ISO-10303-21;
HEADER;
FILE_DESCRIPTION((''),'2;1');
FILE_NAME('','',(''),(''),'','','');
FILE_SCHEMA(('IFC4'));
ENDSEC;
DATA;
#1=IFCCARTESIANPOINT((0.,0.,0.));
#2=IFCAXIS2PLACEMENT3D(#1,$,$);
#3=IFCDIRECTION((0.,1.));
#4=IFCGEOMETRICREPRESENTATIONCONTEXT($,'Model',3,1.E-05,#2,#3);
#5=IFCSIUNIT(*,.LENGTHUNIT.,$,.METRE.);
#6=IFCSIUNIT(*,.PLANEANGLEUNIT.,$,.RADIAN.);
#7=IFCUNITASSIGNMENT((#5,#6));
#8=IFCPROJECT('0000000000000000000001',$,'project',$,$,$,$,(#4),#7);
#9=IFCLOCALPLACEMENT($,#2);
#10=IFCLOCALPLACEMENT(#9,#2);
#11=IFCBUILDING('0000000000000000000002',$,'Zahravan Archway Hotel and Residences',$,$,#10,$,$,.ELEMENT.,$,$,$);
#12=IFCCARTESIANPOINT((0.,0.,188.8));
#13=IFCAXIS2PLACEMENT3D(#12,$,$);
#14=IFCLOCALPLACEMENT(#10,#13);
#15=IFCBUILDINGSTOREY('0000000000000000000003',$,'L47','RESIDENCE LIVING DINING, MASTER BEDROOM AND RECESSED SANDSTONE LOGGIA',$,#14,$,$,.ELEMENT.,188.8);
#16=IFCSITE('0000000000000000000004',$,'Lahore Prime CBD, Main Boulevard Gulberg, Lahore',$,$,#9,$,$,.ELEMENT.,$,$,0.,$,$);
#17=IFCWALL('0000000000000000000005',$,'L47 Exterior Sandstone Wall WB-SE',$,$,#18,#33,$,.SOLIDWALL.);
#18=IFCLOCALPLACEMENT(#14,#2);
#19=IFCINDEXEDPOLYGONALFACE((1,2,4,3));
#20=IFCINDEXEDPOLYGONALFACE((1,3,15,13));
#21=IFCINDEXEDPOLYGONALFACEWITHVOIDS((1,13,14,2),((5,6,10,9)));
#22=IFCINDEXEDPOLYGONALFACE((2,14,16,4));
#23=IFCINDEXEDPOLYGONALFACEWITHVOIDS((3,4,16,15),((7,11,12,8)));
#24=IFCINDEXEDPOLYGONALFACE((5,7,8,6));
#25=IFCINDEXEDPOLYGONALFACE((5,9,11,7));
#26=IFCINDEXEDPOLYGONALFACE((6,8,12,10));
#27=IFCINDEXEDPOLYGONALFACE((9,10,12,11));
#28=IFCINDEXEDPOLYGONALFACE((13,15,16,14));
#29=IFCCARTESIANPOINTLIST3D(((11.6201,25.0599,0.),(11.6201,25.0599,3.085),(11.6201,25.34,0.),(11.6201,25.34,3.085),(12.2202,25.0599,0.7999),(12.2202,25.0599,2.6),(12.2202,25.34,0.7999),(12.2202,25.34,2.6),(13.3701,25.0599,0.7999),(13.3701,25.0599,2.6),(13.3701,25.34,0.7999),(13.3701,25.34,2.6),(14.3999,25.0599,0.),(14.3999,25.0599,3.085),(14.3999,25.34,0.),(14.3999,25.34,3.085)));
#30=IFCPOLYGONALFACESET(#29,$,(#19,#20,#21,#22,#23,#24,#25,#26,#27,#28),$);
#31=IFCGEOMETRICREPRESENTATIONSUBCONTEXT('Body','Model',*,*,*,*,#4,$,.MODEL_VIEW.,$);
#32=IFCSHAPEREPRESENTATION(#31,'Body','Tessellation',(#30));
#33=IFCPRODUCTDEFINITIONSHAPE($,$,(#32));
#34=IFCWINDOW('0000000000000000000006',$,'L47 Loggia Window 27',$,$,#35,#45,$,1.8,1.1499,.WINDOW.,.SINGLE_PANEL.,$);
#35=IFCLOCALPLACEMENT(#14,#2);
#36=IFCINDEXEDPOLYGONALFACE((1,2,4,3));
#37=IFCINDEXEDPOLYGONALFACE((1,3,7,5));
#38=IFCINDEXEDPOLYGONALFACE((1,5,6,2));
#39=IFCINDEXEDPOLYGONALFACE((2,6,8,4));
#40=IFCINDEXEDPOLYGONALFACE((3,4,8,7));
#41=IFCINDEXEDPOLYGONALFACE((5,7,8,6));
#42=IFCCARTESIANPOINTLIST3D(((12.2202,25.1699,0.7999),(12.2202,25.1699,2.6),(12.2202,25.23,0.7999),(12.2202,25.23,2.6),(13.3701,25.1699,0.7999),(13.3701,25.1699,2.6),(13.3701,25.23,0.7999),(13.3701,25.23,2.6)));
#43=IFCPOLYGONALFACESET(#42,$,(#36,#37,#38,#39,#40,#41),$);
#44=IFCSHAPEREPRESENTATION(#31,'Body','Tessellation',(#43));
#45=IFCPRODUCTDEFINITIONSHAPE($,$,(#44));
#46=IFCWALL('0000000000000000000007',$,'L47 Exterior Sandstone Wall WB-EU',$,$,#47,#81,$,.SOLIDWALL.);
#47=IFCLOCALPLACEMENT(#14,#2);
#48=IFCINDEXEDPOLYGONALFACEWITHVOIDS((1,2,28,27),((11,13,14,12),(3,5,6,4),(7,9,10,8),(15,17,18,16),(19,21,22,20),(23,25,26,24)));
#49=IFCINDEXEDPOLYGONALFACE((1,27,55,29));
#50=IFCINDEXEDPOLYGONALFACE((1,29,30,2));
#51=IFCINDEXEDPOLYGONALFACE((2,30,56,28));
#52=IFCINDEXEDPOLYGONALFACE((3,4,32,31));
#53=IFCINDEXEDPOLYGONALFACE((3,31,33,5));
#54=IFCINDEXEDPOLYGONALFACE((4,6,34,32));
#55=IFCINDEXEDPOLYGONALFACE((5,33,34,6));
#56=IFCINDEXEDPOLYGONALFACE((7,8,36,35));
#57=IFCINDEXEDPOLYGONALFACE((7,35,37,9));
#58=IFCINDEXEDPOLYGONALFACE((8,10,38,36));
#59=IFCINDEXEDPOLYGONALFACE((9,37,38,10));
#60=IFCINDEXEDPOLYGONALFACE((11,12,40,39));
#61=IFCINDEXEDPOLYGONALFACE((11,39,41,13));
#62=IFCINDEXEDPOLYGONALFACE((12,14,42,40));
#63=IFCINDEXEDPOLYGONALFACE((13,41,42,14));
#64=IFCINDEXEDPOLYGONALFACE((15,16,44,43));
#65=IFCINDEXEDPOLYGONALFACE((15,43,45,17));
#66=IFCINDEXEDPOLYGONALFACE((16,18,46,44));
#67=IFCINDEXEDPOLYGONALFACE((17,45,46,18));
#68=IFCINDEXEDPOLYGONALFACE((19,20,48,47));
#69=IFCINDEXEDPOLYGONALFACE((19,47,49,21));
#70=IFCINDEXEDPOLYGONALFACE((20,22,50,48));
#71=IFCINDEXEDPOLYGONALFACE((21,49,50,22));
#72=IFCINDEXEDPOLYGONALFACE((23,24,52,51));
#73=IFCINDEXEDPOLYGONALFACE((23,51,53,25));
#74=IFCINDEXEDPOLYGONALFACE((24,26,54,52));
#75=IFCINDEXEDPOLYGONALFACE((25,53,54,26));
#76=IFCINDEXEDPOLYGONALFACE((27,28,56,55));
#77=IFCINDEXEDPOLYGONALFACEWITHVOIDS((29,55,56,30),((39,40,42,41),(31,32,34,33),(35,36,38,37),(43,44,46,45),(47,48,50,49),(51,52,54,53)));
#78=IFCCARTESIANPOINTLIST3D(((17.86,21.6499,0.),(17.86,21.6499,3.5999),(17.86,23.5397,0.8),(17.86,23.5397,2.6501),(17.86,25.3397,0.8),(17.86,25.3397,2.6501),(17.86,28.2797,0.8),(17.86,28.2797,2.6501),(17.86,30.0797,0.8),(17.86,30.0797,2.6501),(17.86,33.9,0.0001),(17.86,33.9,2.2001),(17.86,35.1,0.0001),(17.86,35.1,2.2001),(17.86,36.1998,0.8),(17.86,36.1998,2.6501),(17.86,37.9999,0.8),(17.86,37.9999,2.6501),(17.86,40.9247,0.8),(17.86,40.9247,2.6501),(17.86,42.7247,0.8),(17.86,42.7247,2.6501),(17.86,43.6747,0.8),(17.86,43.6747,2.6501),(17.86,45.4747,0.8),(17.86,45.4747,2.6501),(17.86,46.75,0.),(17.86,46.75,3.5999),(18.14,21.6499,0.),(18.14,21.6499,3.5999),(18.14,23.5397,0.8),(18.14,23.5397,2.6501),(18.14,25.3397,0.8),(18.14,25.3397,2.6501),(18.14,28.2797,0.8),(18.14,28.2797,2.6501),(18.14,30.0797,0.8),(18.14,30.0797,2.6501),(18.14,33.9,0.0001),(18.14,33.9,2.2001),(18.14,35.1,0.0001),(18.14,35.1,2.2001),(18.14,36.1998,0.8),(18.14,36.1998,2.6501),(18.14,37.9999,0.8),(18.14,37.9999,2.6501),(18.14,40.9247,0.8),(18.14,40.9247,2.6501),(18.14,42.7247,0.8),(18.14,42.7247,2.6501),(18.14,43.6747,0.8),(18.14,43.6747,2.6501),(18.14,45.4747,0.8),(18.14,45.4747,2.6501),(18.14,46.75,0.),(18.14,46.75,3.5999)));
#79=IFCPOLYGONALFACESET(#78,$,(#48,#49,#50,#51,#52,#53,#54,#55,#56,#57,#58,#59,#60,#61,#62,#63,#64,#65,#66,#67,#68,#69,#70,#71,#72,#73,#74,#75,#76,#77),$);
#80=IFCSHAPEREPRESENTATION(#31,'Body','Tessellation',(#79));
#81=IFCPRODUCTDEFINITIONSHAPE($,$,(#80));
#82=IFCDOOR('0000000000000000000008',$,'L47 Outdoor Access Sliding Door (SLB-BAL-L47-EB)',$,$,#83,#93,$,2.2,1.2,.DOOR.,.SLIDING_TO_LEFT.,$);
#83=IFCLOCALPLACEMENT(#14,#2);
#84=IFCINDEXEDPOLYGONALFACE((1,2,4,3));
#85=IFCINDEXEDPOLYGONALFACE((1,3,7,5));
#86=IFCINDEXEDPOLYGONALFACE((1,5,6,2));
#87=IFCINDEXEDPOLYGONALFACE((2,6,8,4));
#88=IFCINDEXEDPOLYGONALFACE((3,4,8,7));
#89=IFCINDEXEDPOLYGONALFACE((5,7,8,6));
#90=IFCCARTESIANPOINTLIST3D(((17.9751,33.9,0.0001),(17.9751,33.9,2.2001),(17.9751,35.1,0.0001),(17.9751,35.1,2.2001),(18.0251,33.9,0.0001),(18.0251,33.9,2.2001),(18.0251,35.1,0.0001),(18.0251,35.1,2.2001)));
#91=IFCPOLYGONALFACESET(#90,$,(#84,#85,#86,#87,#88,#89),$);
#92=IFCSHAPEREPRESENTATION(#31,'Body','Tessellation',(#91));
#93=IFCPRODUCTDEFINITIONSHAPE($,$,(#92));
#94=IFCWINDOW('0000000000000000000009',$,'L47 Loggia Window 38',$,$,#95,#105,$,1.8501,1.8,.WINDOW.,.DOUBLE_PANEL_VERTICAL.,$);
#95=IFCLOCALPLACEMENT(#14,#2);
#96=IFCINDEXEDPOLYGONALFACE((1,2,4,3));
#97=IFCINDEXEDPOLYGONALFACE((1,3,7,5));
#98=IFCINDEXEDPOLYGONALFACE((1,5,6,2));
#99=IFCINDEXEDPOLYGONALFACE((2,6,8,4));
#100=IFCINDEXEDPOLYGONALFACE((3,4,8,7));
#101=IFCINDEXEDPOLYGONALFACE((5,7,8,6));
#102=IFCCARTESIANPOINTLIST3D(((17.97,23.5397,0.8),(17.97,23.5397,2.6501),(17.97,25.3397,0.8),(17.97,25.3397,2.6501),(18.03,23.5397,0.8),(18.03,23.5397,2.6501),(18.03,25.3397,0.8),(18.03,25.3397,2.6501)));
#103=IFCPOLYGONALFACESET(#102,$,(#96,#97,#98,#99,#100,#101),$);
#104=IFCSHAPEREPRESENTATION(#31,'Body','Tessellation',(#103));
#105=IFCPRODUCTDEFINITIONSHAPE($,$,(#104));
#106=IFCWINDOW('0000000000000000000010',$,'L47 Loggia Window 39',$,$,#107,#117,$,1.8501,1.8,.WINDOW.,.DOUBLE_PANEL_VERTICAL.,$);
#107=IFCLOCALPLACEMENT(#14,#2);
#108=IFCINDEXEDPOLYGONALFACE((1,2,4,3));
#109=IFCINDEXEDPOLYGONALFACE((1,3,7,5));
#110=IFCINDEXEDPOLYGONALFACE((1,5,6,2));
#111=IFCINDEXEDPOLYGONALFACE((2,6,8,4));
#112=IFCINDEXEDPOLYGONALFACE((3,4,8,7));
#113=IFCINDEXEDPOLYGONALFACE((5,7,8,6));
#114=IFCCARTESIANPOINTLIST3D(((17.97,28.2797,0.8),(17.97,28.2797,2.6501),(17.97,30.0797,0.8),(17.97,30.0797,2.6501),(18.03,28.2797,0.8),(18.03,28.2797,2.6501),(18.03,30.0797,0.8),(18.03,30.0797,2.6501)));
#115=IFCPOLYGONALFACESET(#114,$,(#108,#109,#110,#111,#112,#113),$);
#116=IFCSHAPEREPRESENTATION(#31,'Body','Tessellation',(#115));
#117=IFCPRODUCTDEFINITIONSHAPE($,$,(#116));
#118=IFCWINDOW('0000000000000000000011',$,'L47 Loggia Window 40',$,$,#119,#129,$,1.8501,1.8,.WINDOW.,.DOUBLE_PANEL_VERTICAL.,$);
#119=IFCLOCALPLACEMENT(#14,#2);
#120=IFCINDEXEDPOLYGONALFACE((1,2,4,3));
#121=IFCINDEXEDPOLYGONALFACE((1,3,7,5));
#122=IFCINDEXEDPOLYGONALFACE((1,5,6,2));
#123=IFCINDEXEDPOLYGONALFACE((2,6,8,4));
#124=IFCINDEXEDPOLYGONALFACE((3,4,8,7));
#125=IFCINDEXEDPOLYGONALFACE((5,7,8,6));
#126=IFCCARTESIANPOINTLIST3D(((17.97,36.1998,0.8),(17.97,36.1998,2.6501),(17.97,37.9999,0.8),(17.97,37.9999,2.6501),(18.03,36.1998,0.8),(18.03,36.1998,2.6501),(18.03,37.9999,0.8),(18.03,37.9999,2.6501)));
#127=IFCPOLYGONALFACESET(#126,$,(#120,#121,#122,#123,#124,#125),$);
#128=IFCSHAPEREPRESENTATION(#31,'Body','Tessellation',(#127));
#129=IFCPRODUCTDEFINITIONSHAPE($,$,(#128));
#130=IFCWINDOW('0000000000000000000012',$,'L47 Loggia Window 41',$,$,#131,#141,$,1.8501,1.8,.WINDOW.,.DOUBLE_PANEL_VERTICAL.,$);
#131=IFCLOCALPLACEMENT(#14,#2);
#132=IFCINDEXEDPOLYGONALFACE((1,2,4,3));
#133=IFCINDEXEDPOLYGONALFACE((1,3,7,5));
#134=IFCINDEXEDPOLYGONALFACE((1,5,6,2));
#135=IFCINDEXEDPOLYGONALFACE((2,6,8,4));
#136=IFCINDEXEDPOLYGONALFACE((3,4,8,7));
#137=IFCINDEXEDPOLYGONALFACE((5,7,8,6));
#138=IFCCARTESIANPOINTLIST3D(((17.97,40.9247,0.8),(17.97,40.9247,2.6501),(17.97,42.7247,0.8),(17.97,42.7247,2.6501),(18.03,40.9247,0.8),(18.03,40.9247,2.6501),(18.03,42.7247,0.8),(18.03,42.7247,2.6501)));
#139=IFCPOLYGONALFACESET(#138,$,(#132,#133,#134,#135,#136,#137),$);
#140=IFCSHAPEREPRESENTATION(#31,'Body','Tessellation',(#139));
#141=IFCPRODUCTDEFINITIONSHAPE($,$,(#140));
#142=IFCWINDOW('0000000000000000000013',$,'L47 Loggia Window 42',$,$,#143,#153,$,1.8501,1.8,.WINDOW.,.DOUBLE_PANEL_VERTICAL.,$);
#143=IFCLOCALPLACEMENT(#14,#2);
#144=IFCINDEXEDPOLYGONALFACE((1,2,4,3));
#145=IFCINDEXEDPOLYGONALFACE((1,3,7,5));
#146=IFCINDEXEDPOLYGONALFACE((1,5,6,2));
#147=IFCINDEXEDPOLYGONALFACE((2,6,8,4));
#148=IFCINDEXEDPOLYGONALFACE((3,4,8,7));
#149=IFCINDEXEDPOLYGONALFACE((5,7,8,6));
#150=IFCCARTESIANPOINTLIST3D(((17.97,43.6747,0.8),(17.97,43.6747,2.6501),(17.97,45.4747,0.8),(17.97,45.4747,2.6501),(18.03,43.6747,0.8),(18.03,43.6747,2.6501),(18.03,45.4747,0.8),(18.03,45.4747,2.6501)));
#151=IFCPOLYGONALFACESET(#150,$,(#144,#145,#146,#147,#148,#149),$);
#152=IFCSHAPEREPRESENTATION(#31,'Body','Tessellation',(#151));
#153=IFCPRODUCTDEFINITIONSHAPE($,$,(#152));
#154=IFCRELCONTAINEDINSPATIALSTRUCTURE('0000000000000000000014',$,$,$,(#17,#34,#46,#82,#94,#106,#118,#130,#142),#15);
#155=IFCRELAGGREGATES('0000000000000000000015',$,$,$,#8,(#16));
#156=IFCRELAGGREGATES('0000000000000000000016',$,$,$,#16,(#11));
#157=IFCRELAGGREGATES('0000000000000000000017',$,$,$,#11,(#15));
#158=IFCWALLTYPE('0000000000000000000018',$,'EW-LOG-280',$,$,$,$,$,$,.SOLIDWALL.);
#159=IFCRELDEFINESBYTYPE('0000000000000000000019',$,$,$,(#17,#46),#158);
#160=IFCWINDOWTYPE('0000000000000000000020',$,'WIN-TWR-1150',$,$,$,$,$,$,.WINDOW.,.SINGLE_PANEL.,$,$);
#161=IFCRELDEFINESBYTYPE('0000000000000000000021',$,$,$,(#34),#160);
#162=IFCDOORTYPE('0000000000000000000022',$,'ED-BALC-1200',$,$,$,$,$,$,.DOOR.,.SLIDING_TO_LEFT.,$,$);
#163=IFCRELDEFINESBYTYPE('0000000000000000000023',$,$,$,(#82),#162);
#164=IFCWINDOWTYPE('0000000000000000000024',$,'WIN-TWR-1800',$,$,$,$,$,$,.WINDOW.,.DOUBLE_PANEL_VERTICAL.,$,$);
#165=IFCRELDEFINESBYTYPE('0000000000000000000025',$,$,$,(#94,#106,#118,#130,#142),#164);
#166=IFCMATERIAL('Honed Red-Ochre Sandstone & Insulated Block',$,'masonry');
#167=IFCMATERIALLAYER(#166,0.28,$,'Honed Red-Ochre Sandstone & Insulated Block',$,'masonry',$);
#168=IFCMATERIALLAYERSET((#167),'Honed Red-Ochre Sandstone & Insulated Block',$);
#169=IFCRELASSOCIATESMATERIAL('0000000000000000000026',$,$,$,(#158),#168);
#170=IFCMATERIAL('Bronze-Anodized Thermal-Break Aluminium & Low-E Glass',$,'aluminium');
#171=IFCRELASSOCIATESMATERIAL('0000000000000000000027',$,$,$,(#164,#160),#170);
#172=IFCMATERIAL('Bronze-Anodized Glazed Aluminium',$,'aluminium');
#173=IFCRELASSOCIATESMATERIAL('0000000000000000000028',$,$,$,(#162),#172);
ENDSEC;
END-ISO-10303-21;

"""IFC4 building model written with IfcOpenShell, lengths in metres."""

from ifc_helpers import new_model, si_unit, direction, frame, frame_2d, origin, place, context, subcontext, project, spatial, rectangle, extrude, source, transform, mapped, material, layer, layer_set, type_object, type_shapes, element, fill, save


model = new_model("IFC4")

# Units and contexts
model_context = context("Model", 3, precision=1e-05, world=origin(), true_north=direction((0.0, 1.0)))
body_context = subcontext(model_context, "Body", "Model", "MODEL_VIEW")
ifc_project = project(units=[si_unit("LENGTHUNIT", "METRE"), si_unit("PLANEANGLEUNIT", "RADIAN")], contexts=[model_context])

# Site, building, storey
site_placement = place(None, origin())
site = spatial("IfcSite", under=ifc_project, at=site_placement, Name="Lahore Prime CBD, Main Boulevard Gulberg, Lahore", CompositionType="ELEMENT", RefElevation=0.0)
building_placement = place(site_placement, origin())
building = spatial("IfcBuilding", under=site, at=building_placement, Name="Zahravan Archway Hotel and Residences", CompositionType="ELEMENT")
storey_placement = place(building_placement, frame((0.0, 0.0, 188.8)))
storey = spatial("IfcBuildingStorey", under=building, at=storey_placement, Name="L47", Description="RESIDENCE LIVING DINING, MASTER BEDROOM AND RECESSED SANDSTONE LOGGIA", CompositionType="ELEMENT", Elevation=188.8)

# Shared definitions
ifc_material_1 = material(Name="Honed Red-Ochre Sandstone & Insulated Block", Category="masonry")
ifc_layer_1 = layer(ifc_material_1, 0.28, Name="Honed Red-Ochre Sandstone & Insulated Block", Category="masonry")
ifc_layer_set_1 = layer_set([ifc_layer_1], Name="Honed Red-Ochre Sandstone & Insulated Block")
wall_type_1 = type_object("IfcWallType", Name="EW-LOG-280", PredefinedType="SOLIDWALL", material=ifc_layer_set_1)
ifc_material_2 = material(Name="Bronze-Anodized Thermal-Break Aluminium & Low-E Glass", Category="aluminium")
window_type_1 = type_object("IfcWindowType", Name="WIN-TWR-1800", PartitioningType="DOUBLE_PANEL_VERTICAL", PredefinedType="WINDOW", material=ifc_material_2)
shared_shape_1 = source(origin(), body_context, "Body", "SweptSolid", [
    extrude(rectangle(XDim=1.8, YDim=1.8501, at=frame_2d((0.8999, 0.925))), frame((0.0, 0.03, 0.0), z_axis=(0.0, -1.0, 0.0), x_axis=(1.0, 0.0, 0.0)), (0.0, 0.0, 1.0), 0.0601),
])
type_shapes(window_type_1, [shared_shape_1])

# Wall, opening, window
wall_1_placement = place(storey_placement, frame((11.6201, 25.2, 0.0), z_axis=(0.0, 0.0, 1.0), x_axis=(1.0, 0.0, 0.0)))
wall_1 = element("IfcWall", 1, at=wall_1_placement, inside=storey, type_object=wall_type_1, Name="L47 Exterior Sandstone Wall WB-SE", PredefinedType="SOLIDWALL", context=body_context, shape_type="SweptSolid", body=[
    extrude(rectangle(XDim=2.7798, YDim=0.28, at=frame_2d((1.3899, 0.0))), origin(), (0.0, 0.0, 1.0), 3.085),
])
opening_1_placement = place(wall_1_placement, frame((0.6001, 0.0, 0.8)))
opening_1 = element("IfcOpeningElement", 2, at=opening_1_placement, cuts=wall_1, PredefinedType="OPENING", context=body_context, shape_type="SweptSolid", body=[
    extrude(rectangle(XDim=1.1499, YDim=1.8, at=frame_2d((0.575, 0.8999))), frame((0.0, 0.1499, 0.0), z_axis=(0.0, -1.0, 0.0), x_axis=(1.0, 0.0, 0.0)), (0.0, 0.0, 1.0), 0.3),
])
window_type_2 = type_object("IfcWindowType", Name="WIN-TWR-1150", PartitioningType="SINGLE_PANEL", PredefinedType="WINDOW", material=ifc_material_2)
shared_shape_2 = source(origin(), body_context, "Body", "SweptSolid", [
    extrude(rectangle(XDim=1.1499, YDim=1.8, at=frame_2d((0.575, 0.8999))), frame((0.0, 0.03, 0.0), z_axis=(0.0, -1.0, 0.0), x_axis=(1.0, 0.0, 0.0)), (0.0, 0.0, 1.0), 0.0601),
])
type_shapes(window_type_2, [shared_shape_2])
window_1_placement = place(opening_1_placement, origin())
window_1 = element("IfcWindow", 3, at=window_1_placement, inside=storey, type_object=window_type_2, Name="L47 Loggia Window 27", OverallHeight=1.8, OverallWidth=1.1499, PartitioningType="SINGLE_PANEL", PredefinedType="WINDOW", context=body_context, shape_type="MappedRepresentation", body=[
    mapped(shared_shape_2, transform((0.0, 0.0, 0.0), scale=1.0)),
])
fill(opening_1, window_1)

# Wall, openings, door, windows
wall_2_placement = place(storey_placement, frame((18.0, 21.6499, 0.0), z_axis=(0.0, 0.0, 1.0), x_axis=(0.0, 1.0, 0.0)))
wall_2 = element("IfcWall", 4, at=wall_2_placement, inside=storey, type_object=wall_type_1, Name="L47 Exterior Sandstone Wall WB-EU", PredefinedType="SOLIDWALL", context=body_context, shape_type="SweptSolid", body=[
    extrude(rectangle(XDim=25.1001, YDim=0.28, at=frame_2d((12.55, 0.0))), origin(), (0.0, 0.0, 1.0), 3.5999),
])
opening_2_placement = place(wall_2_placement, frame((12.25, 0.0, 0.0)))
opening_2 = element("IfcOpeningElement", 5, at=opening_2_placement, cuts=wall_2, PredefinedType="OPENING", context=body_context, shape_type="SweptSolid", body=[
    extrude(rectangle(XDim=1.2, YDim=2.2, at=frame_2d((0.6001, 1.1001))), frame((0.0, 0.1499, 0.0), z_axis=(0.0, -1.0, 0.0), x_axis=(1.0, 0.0, 0.0)), (0.0, 0.0, 1.0), 0.3),
])
opening_3_placement = place(wall_2_placement, frame((1.8899, 0.0, 0.8)))
opening_3 = element("IfcOpeningElement", 6, at=opening_3_placement, cuts=wall_2, PredefinedType="OPENING", context=body_context, shape_type="SweptSolid", body=[
    extrude(rectangle(XDim=1.8, YDim=1.8501, at=frame_2d((0.8999, 0.925))), frame((0.0, 0.1499, 0.0), z_axis=(0.0, -1.0, 0.0), x_axis=(1.0, 0.0, 0.0)), (0.0, 0.0, 1.0), 0.3),
])
opening_4_placement = place(wall_2_placement, frame((6.6299, 0.0, 0.8)))
opening_4 = element("IfcOpeningElement", 7, at=opening_4_placement, cuts=wall_2, PredefinedType="OPENING", context=body_context, shape_type="SweptSolid", body=[
    extrude(rectangle(XDim=1.8, YDim=1.8501, at=frame_2d((0.8999, 0.925))), frame((0.0, 0.1499, 0.0), z_axis=(0.0, -1.0, 0.0), x_axis=(1.0, 0.0, 0.0)), (0.0, 0.0, 1.0), 0.3),
])
opening_5_placement = place(wall_2_placement, frame((14.55, 0.0, 0.8)))
opening_5 = element("IfcOpeningElement", 8, at=opening_5_placement, cuts=wall_2, PredefinedType="OPENING", context=body_context, shape_type="SweptSolid", body=[
    extrude(rectangle(XDim=1.8, YDim=1.8501, at=frame_2d((0.8999, 0.925))), frame((0.0, 0.1499, 0.0), z_axis=(0.0, -1.0, 0.0), x_axis=(1.0, 0.0, 0.0)), (0.0, 0.0, 1.0), 0.3),
])
opening_6_placement = place(wall_2_placement, frame((19.2749, 0.0, 0.8)))
opening_6 = element("IfcOpeningElement", 9, at=opening_6_placement, cuts=wall_2, PredefinedType="OPENING", context=body_context, shape_type="SweptSolid", body=[
    extrude(rectangle(XDim=1.8, YDim=1.8501, at=frame_2d((0.8999, 0.925))), frame((0.0, 0.1499, 0.0), z_axis=(0.0, -1.0, 0.0), x_axis=(1.0, 0.0, 0.0)), (0.0, 0.0, 1.0), 0.3),
])
opening_7_placement = place(wall_2_placement, frame((22.0249, 0.0, 0.8)))
opening_7 = element("IfcOpeningElement", 10, at=opening_7_placement, cuts=wall_2, PredefinedType="OPENING", context=body_context, shape_type="SweptSolid", body=[
    extrude(rectangle(XDim=1.8, YDim=1.8501, at=frame_2d((0.8999, 0.925))), frame((0.0, 0.1499, 0.0), z_axis=(0.0, -1.0, 0.0), x_axis=(1.0, 0.0, 0.0)), (0.0, 0.0, 1.0), 0.3),
])
ifc_material_3 = material(Name="Bronze-Anodized Glazed Aluminium", Category="aluminium")
door_type_1 = type_object("IfcDoorType", Name="ED-BALC-1200", OperationType="SLIDING_TO_LEFT", PredefinedType="DOOR", material=ifc_material_3)
shared_shape_3 = source(origin(), body_context, "Body", "SweptSolid", [
    extrude(rectangle(XDim=1.2, YDim=2.2, at=frame_2d((0.6001, 1.1001))), frame((0.0, 0.0249, 0.0), z_axis=(0.0, -1.0, 0.0), x_axis=(1.0, 0.0, 0.0)), (0.0, 0.0, 1.0), 0.05),
])
type_shapes(door_type_1, [shared_shape_3])
door_1_placement = place(opening_2_placement, origin())
door_1 = element("IfcDoor", 11, at=door_1_placement, inside=storey, type_object=door_type_1, Name="L47 Outdoor Access Sliding Door (SLB-BAL-L47-EB)", OperationType="SLIDING_TO_LEFT", OverallHeight=2.2, OverallWidth=1.2, PredefinedType="DOOR", context=body_context, shape_type="MappedRepresentation", body=[
    mapped(shared_shape_3, transform((0.0, 0.0, 0.0), scale=1.0)),
])
fill(opening_2, door_1)
window_2_placement = place(opening_3_placement, origin())
window_2 = element("IfcWindow", 12, at=window_2_placement, inside=storey, type_object=window_type_1, Name="L47 Loggia Window 38", OverallHeight=1.8501, OverallWidth=1.8, PartitioningType="DOUBLE_PANEL_VERTICAL", PredefinedType="WINDOW", context=body_context, shape_type="MappedRepresentation", body=[
    mapped(shared_shape_1, transform((0.0, 0.0, 0.0), scale=1.0)),
])
fill(opening_3, window_2)
window_3_placement = place(opening_4_placement, origin())
window_3 = element("IfcWindow", 13, at=window_3_placement, inside=storey, type_object=window_type_1, Name="L47 Loggia Window 39", OverallHeight=1.8501, OverallWidth=1.8, PartitioningType="DOUBLE_PANEL_VERTICAL", PredefinedType="WINDOW", context=body_context, shape_type="MappedRepresentation", body=[
    mapped(shared_shape_1, transform((0.0, 0.0, 0.0), scale=1.0)),
])
fill(opening_4, window_3)
window_4_placement = place(opening_5_placement, origin())
window_4 = element("IfcWindow", 14, at=window_4_placement, inside=storey, type_object=window_type_1, Name="L47 Loggia Window 40", OverallHeight=1.8501, OverallWidth=1.8, PartitioningType="DOUBLE_PANEL_VERTICAL", PredefinedType="WINDOW", context=body_context, shape_type="MappedRepresentation", body=[
    mapped(shared_shape_1, transform((0.0, 0.0, 0.0), scale=1.0)),
])
fill(opening_5, window_4)
window_5_placement = place(opening_6_placement, origin())
window_5 = element("IfcWindow", 15, at=window_5_placement, inside=storey, type_object=window_type_1, Name="L47 Loggia Window 41", OverallHeight=1.8501, OverallWidth=1.8, PartitioningType="DOUBLE_PANEL_VERTICAL", PredefinedType="WINDOW", context=body_context, shape_type="MappedRepresentation", body=[
    mapped(shared_shape_1, transform((0.0, 0.0, 0.0), scale=1.0)),
])
fill(opening_6, window_5)
window_6_placement = place(opening_7_placement, origin())
window_6 = element("IfcWindow", 16, at=window_6_placement, inside=storey, type_object=window_type_1, Name="L47 Loggia Window 42", OverallHeight=1.8501, OverallWidth=1.8, PartitioningType="DOUBLE_PANEL_VERTICAL", PredefinedType="WINDOW", context=body_context, shape_type="MappedRepresentation", body=[
    mapped(shared_shape_1, transform((0.0, 0.0, 0.0), scale=1.0)),
])
fill(opening_7, window_6)

save(model, "model.ifc")
